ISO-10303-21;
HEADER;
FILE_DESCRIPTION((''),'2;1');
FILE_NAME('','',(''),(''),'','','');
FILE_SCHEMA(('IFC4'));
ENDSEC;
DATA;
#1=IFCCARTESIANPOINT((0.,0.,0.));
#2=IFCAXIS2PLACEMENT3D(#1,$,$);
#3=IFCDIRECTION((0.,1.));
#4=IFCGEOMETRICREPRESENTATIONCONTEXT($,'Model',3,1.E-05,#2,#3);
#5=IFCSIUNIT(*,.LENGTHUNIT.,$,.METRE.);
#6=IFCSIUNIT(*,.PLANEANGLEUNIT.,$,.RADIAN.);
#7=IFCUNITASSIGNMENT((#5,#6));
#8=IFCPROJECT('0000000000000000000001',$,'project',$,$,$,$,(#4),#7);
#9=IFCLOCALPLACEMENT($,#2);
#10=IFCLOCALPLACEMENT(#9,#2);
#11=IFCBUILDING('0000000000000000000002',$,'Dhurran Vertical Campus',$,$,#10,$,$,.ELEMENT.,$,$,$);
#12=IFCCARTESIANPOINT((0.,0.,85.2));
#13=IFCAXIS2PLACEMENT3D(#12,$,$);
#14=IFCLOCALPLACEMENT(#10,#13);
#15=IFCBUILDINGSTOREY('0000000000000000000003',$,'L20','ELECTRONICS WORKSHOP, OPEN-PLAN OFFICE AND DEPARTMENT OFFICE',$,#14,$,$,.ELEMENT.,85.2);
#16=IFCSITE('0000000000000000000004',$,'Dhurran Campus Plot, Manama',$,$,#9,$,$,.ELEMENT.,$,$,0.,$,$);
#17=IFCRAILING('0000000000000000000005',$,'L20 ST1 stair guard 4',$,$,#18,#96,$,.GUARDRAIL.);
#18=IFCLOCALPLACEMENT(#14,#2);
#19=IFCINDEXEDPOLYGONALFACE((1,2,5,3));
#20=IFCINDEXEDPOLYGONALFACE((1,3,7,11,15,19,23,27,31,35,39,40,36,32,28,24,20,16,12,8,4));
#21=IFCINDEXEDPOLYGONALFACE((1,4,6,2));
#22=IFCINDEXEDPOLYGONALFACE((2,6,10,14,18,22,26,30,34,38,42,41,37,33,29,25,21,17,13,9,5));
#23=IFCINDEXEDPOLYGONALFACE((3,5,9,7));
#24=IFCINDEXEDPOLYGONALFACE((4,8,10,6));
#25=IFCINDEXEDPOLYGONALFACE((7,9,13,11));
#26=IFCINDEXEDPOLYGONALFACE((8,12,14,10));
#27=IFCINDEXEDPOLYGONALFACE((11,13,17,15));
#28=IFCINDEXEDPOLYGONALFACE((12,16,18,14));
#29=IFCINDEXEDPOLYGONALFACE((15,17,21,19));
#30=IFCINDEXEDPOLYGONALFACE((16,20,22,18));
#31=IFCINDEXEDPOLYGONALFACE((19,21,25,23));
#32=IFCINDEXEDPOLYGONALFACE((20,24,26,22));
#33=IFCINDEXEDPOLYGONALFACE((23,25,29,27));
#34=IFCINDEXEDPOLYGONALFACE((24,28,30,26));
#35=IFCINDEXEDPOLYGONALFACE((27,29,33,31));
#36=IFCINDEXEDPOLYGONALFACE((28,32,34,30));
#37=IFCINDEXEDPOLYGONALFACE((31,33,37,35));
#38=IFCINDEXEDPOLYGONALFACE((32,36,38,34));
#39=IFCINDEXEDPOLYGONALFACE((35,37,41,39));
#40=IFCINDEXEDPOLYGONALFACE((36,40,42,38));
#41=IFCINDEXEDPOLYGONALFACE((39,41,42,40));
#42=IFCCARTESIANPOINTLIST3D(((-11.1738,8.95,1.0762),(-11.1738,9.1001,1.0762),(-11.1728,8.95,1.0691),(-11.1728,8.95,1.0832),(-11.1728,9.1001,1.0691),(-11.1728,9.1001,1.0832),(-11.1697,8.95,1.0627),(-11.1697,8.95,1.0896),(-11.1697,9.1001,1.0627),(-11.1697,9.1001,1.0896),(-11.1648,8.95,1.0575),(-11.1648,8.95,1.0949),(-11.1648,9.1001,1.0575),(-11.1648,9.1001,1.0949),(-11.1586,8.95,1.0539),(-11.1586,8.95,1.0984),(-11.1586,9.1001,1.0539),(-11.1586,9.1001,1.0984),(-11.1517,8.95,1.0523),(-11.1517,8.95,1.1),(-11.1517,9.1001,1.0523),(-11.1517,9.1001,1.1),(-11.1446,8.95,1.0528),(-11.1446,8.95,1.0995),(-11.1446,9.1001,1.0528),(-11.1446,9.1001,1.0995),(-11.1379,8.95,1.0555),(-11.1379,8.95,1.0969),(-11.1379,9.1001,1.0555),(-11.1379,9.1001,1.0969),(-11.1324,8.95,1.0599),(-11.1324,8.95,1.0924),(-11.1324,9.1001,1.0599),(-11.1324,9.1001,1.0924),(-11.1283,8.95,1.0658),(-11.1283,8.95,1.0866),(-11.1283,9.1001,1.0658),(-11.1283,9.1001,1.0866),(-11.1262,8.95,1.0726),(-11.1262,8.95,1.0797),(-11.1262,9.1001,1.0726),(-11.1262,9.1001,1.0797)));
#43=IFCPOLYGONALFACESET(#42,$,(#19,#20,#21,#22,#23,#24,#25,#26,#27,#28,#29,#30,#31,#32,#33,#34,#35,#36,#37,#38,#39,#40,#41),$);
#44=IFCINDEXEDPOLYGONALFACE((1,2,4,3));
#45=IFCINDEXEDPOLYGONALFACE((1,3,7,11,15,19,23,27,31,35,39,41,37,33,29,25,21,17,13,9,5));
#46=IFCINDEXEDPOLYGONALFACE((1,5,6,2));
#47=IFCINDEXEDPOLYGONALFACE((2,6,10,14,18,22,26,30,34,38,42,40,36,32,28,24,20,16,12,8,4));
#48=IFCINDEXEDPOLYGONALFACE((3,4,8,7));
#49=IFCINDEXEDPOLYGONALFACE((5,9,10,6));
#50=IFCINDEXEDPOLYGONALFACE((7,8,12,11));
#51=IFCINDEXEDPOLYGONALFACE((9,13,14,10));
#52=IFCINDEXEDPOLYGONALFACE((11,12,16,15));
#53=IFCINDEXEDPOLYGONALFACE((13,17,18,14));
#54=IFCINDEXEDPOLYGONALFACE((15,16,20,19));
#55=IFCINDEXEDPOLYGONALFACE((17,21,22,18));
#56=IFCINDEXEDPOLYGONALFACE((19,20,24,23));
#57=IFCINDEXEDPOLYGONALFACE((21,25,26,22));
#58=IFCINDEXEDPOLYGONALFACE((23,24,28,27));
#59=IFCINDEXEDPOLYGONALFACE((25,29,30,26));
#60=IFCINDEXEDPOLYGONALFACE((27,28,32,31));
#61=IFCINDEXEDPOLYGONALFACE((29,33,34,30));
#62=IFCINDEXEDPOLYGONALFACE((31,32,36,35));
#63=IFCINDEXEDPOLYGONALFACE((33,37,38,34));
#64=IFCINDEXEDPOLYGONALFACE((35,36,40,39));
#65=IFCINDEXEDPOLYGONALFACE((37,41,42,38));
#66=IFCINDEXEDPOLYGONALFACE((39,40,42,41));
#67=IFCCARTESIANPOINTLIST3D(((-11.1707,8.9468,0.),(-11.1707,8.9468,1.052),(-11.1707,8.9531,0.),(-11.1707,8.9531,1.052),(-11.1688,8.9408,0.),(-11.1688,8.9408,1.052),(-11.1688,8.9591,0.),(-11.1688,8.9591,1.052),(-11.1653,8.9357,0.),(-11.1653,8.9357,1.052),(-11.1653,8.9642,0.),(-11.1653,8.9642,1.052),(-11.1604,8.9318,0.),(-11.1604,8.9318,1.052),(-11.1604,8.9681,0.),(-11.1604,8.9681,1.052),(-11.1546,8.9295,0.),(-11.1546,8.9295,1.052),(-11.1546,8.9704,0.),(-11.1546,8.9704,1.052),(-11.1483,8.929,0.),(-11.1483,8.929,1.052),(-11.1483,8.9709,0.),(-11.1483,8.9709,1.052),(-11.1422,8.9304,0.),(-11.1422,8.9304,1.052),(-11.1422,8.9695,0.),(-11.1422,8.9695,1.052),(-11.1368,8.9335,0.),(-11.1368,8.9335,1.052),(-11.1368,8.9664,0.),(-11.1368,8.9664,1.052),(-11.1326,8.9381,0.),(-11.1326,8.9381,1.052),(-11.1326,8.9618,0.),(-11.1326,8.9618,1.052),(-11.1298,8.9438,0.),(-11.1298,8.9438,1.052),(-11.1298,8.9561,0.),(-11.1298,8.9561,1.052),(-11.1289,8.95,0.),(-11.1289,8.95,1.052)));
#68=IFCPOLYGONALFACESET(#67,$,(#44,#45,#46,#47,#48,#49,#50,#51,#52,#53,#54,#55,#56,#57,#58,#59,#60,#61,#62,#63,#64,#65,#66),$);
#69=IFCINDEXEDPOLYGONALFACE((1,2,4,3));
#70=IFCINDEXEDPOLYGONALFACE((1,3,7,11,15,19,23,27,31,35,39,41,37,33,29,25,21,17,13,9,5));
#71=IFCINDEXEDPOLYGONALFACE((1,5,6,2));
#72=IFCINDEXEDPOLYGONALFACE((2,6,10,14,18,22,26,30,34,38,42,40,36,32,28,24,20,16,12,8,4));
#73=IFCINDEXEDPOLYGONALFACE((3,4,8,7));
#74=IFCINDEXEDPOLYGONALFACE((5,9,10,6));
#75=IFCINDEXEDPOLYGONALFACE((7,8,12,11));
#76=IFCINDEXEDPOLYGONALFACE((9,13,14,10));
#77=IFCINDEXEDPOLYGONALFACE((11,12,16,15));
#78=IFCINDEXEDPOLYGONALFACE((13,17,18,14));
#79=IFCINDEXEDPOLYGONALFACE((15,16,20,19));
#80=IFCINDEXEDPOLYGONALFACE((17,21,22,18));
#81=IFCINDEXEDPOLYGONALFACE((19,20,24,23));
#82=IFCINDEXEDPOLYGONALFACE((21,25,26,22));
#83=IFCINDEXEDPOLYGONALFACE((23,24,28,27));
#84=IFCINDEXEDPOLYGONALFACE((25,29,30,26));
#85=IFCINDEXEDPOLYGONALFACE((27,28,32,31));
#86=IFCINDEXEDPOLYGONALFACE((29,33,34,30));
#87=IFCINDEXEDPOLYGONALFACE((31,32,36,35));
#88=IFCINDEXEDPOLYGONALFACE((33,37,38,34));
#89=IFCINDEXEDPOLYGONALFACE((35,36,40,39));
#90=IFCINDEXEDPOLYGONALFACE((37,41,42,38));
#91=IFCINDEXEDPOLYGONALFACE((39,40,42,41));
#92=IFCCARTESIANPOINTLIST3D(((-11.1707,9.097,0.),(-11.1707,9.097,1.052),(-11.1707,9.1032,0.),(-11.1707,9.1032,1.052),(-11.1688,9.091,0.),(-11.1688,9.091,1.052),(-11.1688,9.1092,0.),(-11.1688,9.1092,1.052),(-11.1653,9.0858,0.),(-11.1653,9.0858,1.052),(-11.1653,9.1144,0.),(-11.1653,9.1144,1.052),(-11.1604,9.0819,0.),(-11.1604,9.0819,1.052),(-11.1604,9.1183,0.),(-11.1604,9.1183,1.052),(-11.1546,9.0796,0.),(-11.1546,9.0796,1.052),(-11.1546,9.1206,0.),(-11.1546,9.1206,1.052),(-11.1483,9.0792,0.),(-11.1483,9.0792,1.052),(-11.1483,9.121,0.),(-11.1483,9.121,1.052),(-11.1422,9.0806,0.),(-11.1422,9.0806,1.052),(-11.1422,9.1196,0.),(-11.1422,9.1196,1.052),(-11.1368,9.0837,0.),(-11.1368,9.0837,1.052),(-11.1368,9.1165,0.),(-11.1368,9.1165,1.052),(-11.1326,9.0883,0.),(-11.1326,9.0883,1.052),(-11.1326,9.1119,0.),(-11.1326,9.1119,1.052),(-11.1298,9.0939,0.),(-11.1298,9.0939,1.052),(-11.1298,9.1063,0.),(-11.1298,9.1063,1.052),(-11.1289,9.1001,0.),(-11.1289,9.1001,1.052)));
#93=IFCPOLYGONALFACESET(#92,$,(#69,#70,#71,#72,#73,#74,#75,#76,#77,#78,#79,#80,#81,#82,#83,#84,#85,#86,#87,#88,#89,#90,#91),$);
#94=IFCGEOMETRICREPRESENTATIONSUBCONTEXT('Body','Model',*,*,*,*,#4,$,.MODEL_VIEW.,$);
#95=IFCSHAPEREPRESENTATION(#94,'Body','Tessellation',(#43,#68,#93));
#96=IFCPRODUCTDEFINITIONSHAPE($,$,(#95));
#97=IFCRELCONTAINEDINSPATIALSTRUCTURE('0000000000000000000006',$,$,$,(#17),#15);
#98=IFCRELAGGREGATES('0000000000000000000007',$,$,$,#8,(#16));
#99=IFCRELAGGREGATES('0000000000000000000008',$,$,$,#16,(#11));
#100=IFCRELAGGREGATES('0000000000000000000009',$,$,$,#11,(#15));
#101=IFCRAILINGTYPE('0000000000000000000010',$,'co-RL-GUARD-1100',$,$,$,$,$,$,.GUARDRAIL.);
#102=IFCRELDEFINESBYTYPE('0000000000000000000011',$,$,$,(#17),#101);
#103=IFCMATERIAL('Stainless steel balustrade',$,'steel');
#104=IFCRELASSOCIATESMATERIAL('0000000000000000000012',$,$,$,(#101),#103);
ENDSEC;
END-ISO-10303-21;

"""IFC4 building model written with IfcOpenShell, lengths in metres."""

from ifc_helpers import new_model, si_unit, direction, frame, origin, origin_2d, place, context, subcontext, project, spatial, circle, extrude, material, type_object, element, save


model = new_model("IFC4")

# Units and contexts
model_context = context("Model", 3, precision=1e-05, world=origin(), true_north=direction((0.0, 1.0)))
body_context = subcontext(model_context, "Body", "Model", "MODEL_VIEW")
ifc_project = project(units=[si_unit("LENGTHUNIT", "METRE"), si_unit("PLANEANGLEUNIT", "RADIAN")], contexts=[model_context])

# Site, building, storey
site_placement = place(None, origin())
site = spatial("IfcSite", under=ifc_project, at=site_placement, Name="Dhurran Campus Plot, Manama", CompositionType="ELEMENT", RefElevation=0.0)
building_placement = place(site_placement, origin())
building = spatial("IfcBuilding", under=site, at=building_placement, Name="Dhurran Vertical Campus", CompositionType="ELEMENT")
storey_placement = place(building_placement, frame((0.0, 0.0, 85.2)))
storey = spatial("IfcBuildingStorey", under=building, at=storey_placement, Name="L20", Description="ELECTRONICS WORKSHOP, OPEN-PLAN OFFICE AND DEPARTMENT OFFICE", CompositionType="ELEMENT", Elevation=85.2)

# Railing
ifc_material_1 = material(Name="Stainless steel balustrade", Category="steel")
railing_type_1 = type_object("IfcRailingType", Name="co-RL-GUARD-1100", PredefinedType="GUARDRAIL", material=ifc_material_1)
railing_1_placement = place(storey_placement, frame((-11.1499, 8.95, 0.0)))
element("IfcRailing", 1, at=railing_1_placement, inside=storey, type_object=railing_type_1, Name="L20 ST1 stair guard 4", PredefinedType="GUARDRAIL", context=body_context, shape_type="SweptSolid", body=[
    extrude(circle(Radius=0.0239, at=origin_2d()), frame((0.0, 0.0, 1.0762), z_axis=(0.0, 1.0, 0.0), x_axis=(-1.0, 0.0, 0.0)), (0.0, 0.0, 1.0), 0.1501),
    extrude(circle(Radius=0.021, at=origin_2d()), origin(), (0.0, 0.0, 1.0), 1.052),
    extrude(circle(Radius=0.021, at=origin_2d()), frame((0.0, 0.1501, 0.0)), (0.0, 0.0, 1.0), 1.052),
])

save(model, "model.ifc")
